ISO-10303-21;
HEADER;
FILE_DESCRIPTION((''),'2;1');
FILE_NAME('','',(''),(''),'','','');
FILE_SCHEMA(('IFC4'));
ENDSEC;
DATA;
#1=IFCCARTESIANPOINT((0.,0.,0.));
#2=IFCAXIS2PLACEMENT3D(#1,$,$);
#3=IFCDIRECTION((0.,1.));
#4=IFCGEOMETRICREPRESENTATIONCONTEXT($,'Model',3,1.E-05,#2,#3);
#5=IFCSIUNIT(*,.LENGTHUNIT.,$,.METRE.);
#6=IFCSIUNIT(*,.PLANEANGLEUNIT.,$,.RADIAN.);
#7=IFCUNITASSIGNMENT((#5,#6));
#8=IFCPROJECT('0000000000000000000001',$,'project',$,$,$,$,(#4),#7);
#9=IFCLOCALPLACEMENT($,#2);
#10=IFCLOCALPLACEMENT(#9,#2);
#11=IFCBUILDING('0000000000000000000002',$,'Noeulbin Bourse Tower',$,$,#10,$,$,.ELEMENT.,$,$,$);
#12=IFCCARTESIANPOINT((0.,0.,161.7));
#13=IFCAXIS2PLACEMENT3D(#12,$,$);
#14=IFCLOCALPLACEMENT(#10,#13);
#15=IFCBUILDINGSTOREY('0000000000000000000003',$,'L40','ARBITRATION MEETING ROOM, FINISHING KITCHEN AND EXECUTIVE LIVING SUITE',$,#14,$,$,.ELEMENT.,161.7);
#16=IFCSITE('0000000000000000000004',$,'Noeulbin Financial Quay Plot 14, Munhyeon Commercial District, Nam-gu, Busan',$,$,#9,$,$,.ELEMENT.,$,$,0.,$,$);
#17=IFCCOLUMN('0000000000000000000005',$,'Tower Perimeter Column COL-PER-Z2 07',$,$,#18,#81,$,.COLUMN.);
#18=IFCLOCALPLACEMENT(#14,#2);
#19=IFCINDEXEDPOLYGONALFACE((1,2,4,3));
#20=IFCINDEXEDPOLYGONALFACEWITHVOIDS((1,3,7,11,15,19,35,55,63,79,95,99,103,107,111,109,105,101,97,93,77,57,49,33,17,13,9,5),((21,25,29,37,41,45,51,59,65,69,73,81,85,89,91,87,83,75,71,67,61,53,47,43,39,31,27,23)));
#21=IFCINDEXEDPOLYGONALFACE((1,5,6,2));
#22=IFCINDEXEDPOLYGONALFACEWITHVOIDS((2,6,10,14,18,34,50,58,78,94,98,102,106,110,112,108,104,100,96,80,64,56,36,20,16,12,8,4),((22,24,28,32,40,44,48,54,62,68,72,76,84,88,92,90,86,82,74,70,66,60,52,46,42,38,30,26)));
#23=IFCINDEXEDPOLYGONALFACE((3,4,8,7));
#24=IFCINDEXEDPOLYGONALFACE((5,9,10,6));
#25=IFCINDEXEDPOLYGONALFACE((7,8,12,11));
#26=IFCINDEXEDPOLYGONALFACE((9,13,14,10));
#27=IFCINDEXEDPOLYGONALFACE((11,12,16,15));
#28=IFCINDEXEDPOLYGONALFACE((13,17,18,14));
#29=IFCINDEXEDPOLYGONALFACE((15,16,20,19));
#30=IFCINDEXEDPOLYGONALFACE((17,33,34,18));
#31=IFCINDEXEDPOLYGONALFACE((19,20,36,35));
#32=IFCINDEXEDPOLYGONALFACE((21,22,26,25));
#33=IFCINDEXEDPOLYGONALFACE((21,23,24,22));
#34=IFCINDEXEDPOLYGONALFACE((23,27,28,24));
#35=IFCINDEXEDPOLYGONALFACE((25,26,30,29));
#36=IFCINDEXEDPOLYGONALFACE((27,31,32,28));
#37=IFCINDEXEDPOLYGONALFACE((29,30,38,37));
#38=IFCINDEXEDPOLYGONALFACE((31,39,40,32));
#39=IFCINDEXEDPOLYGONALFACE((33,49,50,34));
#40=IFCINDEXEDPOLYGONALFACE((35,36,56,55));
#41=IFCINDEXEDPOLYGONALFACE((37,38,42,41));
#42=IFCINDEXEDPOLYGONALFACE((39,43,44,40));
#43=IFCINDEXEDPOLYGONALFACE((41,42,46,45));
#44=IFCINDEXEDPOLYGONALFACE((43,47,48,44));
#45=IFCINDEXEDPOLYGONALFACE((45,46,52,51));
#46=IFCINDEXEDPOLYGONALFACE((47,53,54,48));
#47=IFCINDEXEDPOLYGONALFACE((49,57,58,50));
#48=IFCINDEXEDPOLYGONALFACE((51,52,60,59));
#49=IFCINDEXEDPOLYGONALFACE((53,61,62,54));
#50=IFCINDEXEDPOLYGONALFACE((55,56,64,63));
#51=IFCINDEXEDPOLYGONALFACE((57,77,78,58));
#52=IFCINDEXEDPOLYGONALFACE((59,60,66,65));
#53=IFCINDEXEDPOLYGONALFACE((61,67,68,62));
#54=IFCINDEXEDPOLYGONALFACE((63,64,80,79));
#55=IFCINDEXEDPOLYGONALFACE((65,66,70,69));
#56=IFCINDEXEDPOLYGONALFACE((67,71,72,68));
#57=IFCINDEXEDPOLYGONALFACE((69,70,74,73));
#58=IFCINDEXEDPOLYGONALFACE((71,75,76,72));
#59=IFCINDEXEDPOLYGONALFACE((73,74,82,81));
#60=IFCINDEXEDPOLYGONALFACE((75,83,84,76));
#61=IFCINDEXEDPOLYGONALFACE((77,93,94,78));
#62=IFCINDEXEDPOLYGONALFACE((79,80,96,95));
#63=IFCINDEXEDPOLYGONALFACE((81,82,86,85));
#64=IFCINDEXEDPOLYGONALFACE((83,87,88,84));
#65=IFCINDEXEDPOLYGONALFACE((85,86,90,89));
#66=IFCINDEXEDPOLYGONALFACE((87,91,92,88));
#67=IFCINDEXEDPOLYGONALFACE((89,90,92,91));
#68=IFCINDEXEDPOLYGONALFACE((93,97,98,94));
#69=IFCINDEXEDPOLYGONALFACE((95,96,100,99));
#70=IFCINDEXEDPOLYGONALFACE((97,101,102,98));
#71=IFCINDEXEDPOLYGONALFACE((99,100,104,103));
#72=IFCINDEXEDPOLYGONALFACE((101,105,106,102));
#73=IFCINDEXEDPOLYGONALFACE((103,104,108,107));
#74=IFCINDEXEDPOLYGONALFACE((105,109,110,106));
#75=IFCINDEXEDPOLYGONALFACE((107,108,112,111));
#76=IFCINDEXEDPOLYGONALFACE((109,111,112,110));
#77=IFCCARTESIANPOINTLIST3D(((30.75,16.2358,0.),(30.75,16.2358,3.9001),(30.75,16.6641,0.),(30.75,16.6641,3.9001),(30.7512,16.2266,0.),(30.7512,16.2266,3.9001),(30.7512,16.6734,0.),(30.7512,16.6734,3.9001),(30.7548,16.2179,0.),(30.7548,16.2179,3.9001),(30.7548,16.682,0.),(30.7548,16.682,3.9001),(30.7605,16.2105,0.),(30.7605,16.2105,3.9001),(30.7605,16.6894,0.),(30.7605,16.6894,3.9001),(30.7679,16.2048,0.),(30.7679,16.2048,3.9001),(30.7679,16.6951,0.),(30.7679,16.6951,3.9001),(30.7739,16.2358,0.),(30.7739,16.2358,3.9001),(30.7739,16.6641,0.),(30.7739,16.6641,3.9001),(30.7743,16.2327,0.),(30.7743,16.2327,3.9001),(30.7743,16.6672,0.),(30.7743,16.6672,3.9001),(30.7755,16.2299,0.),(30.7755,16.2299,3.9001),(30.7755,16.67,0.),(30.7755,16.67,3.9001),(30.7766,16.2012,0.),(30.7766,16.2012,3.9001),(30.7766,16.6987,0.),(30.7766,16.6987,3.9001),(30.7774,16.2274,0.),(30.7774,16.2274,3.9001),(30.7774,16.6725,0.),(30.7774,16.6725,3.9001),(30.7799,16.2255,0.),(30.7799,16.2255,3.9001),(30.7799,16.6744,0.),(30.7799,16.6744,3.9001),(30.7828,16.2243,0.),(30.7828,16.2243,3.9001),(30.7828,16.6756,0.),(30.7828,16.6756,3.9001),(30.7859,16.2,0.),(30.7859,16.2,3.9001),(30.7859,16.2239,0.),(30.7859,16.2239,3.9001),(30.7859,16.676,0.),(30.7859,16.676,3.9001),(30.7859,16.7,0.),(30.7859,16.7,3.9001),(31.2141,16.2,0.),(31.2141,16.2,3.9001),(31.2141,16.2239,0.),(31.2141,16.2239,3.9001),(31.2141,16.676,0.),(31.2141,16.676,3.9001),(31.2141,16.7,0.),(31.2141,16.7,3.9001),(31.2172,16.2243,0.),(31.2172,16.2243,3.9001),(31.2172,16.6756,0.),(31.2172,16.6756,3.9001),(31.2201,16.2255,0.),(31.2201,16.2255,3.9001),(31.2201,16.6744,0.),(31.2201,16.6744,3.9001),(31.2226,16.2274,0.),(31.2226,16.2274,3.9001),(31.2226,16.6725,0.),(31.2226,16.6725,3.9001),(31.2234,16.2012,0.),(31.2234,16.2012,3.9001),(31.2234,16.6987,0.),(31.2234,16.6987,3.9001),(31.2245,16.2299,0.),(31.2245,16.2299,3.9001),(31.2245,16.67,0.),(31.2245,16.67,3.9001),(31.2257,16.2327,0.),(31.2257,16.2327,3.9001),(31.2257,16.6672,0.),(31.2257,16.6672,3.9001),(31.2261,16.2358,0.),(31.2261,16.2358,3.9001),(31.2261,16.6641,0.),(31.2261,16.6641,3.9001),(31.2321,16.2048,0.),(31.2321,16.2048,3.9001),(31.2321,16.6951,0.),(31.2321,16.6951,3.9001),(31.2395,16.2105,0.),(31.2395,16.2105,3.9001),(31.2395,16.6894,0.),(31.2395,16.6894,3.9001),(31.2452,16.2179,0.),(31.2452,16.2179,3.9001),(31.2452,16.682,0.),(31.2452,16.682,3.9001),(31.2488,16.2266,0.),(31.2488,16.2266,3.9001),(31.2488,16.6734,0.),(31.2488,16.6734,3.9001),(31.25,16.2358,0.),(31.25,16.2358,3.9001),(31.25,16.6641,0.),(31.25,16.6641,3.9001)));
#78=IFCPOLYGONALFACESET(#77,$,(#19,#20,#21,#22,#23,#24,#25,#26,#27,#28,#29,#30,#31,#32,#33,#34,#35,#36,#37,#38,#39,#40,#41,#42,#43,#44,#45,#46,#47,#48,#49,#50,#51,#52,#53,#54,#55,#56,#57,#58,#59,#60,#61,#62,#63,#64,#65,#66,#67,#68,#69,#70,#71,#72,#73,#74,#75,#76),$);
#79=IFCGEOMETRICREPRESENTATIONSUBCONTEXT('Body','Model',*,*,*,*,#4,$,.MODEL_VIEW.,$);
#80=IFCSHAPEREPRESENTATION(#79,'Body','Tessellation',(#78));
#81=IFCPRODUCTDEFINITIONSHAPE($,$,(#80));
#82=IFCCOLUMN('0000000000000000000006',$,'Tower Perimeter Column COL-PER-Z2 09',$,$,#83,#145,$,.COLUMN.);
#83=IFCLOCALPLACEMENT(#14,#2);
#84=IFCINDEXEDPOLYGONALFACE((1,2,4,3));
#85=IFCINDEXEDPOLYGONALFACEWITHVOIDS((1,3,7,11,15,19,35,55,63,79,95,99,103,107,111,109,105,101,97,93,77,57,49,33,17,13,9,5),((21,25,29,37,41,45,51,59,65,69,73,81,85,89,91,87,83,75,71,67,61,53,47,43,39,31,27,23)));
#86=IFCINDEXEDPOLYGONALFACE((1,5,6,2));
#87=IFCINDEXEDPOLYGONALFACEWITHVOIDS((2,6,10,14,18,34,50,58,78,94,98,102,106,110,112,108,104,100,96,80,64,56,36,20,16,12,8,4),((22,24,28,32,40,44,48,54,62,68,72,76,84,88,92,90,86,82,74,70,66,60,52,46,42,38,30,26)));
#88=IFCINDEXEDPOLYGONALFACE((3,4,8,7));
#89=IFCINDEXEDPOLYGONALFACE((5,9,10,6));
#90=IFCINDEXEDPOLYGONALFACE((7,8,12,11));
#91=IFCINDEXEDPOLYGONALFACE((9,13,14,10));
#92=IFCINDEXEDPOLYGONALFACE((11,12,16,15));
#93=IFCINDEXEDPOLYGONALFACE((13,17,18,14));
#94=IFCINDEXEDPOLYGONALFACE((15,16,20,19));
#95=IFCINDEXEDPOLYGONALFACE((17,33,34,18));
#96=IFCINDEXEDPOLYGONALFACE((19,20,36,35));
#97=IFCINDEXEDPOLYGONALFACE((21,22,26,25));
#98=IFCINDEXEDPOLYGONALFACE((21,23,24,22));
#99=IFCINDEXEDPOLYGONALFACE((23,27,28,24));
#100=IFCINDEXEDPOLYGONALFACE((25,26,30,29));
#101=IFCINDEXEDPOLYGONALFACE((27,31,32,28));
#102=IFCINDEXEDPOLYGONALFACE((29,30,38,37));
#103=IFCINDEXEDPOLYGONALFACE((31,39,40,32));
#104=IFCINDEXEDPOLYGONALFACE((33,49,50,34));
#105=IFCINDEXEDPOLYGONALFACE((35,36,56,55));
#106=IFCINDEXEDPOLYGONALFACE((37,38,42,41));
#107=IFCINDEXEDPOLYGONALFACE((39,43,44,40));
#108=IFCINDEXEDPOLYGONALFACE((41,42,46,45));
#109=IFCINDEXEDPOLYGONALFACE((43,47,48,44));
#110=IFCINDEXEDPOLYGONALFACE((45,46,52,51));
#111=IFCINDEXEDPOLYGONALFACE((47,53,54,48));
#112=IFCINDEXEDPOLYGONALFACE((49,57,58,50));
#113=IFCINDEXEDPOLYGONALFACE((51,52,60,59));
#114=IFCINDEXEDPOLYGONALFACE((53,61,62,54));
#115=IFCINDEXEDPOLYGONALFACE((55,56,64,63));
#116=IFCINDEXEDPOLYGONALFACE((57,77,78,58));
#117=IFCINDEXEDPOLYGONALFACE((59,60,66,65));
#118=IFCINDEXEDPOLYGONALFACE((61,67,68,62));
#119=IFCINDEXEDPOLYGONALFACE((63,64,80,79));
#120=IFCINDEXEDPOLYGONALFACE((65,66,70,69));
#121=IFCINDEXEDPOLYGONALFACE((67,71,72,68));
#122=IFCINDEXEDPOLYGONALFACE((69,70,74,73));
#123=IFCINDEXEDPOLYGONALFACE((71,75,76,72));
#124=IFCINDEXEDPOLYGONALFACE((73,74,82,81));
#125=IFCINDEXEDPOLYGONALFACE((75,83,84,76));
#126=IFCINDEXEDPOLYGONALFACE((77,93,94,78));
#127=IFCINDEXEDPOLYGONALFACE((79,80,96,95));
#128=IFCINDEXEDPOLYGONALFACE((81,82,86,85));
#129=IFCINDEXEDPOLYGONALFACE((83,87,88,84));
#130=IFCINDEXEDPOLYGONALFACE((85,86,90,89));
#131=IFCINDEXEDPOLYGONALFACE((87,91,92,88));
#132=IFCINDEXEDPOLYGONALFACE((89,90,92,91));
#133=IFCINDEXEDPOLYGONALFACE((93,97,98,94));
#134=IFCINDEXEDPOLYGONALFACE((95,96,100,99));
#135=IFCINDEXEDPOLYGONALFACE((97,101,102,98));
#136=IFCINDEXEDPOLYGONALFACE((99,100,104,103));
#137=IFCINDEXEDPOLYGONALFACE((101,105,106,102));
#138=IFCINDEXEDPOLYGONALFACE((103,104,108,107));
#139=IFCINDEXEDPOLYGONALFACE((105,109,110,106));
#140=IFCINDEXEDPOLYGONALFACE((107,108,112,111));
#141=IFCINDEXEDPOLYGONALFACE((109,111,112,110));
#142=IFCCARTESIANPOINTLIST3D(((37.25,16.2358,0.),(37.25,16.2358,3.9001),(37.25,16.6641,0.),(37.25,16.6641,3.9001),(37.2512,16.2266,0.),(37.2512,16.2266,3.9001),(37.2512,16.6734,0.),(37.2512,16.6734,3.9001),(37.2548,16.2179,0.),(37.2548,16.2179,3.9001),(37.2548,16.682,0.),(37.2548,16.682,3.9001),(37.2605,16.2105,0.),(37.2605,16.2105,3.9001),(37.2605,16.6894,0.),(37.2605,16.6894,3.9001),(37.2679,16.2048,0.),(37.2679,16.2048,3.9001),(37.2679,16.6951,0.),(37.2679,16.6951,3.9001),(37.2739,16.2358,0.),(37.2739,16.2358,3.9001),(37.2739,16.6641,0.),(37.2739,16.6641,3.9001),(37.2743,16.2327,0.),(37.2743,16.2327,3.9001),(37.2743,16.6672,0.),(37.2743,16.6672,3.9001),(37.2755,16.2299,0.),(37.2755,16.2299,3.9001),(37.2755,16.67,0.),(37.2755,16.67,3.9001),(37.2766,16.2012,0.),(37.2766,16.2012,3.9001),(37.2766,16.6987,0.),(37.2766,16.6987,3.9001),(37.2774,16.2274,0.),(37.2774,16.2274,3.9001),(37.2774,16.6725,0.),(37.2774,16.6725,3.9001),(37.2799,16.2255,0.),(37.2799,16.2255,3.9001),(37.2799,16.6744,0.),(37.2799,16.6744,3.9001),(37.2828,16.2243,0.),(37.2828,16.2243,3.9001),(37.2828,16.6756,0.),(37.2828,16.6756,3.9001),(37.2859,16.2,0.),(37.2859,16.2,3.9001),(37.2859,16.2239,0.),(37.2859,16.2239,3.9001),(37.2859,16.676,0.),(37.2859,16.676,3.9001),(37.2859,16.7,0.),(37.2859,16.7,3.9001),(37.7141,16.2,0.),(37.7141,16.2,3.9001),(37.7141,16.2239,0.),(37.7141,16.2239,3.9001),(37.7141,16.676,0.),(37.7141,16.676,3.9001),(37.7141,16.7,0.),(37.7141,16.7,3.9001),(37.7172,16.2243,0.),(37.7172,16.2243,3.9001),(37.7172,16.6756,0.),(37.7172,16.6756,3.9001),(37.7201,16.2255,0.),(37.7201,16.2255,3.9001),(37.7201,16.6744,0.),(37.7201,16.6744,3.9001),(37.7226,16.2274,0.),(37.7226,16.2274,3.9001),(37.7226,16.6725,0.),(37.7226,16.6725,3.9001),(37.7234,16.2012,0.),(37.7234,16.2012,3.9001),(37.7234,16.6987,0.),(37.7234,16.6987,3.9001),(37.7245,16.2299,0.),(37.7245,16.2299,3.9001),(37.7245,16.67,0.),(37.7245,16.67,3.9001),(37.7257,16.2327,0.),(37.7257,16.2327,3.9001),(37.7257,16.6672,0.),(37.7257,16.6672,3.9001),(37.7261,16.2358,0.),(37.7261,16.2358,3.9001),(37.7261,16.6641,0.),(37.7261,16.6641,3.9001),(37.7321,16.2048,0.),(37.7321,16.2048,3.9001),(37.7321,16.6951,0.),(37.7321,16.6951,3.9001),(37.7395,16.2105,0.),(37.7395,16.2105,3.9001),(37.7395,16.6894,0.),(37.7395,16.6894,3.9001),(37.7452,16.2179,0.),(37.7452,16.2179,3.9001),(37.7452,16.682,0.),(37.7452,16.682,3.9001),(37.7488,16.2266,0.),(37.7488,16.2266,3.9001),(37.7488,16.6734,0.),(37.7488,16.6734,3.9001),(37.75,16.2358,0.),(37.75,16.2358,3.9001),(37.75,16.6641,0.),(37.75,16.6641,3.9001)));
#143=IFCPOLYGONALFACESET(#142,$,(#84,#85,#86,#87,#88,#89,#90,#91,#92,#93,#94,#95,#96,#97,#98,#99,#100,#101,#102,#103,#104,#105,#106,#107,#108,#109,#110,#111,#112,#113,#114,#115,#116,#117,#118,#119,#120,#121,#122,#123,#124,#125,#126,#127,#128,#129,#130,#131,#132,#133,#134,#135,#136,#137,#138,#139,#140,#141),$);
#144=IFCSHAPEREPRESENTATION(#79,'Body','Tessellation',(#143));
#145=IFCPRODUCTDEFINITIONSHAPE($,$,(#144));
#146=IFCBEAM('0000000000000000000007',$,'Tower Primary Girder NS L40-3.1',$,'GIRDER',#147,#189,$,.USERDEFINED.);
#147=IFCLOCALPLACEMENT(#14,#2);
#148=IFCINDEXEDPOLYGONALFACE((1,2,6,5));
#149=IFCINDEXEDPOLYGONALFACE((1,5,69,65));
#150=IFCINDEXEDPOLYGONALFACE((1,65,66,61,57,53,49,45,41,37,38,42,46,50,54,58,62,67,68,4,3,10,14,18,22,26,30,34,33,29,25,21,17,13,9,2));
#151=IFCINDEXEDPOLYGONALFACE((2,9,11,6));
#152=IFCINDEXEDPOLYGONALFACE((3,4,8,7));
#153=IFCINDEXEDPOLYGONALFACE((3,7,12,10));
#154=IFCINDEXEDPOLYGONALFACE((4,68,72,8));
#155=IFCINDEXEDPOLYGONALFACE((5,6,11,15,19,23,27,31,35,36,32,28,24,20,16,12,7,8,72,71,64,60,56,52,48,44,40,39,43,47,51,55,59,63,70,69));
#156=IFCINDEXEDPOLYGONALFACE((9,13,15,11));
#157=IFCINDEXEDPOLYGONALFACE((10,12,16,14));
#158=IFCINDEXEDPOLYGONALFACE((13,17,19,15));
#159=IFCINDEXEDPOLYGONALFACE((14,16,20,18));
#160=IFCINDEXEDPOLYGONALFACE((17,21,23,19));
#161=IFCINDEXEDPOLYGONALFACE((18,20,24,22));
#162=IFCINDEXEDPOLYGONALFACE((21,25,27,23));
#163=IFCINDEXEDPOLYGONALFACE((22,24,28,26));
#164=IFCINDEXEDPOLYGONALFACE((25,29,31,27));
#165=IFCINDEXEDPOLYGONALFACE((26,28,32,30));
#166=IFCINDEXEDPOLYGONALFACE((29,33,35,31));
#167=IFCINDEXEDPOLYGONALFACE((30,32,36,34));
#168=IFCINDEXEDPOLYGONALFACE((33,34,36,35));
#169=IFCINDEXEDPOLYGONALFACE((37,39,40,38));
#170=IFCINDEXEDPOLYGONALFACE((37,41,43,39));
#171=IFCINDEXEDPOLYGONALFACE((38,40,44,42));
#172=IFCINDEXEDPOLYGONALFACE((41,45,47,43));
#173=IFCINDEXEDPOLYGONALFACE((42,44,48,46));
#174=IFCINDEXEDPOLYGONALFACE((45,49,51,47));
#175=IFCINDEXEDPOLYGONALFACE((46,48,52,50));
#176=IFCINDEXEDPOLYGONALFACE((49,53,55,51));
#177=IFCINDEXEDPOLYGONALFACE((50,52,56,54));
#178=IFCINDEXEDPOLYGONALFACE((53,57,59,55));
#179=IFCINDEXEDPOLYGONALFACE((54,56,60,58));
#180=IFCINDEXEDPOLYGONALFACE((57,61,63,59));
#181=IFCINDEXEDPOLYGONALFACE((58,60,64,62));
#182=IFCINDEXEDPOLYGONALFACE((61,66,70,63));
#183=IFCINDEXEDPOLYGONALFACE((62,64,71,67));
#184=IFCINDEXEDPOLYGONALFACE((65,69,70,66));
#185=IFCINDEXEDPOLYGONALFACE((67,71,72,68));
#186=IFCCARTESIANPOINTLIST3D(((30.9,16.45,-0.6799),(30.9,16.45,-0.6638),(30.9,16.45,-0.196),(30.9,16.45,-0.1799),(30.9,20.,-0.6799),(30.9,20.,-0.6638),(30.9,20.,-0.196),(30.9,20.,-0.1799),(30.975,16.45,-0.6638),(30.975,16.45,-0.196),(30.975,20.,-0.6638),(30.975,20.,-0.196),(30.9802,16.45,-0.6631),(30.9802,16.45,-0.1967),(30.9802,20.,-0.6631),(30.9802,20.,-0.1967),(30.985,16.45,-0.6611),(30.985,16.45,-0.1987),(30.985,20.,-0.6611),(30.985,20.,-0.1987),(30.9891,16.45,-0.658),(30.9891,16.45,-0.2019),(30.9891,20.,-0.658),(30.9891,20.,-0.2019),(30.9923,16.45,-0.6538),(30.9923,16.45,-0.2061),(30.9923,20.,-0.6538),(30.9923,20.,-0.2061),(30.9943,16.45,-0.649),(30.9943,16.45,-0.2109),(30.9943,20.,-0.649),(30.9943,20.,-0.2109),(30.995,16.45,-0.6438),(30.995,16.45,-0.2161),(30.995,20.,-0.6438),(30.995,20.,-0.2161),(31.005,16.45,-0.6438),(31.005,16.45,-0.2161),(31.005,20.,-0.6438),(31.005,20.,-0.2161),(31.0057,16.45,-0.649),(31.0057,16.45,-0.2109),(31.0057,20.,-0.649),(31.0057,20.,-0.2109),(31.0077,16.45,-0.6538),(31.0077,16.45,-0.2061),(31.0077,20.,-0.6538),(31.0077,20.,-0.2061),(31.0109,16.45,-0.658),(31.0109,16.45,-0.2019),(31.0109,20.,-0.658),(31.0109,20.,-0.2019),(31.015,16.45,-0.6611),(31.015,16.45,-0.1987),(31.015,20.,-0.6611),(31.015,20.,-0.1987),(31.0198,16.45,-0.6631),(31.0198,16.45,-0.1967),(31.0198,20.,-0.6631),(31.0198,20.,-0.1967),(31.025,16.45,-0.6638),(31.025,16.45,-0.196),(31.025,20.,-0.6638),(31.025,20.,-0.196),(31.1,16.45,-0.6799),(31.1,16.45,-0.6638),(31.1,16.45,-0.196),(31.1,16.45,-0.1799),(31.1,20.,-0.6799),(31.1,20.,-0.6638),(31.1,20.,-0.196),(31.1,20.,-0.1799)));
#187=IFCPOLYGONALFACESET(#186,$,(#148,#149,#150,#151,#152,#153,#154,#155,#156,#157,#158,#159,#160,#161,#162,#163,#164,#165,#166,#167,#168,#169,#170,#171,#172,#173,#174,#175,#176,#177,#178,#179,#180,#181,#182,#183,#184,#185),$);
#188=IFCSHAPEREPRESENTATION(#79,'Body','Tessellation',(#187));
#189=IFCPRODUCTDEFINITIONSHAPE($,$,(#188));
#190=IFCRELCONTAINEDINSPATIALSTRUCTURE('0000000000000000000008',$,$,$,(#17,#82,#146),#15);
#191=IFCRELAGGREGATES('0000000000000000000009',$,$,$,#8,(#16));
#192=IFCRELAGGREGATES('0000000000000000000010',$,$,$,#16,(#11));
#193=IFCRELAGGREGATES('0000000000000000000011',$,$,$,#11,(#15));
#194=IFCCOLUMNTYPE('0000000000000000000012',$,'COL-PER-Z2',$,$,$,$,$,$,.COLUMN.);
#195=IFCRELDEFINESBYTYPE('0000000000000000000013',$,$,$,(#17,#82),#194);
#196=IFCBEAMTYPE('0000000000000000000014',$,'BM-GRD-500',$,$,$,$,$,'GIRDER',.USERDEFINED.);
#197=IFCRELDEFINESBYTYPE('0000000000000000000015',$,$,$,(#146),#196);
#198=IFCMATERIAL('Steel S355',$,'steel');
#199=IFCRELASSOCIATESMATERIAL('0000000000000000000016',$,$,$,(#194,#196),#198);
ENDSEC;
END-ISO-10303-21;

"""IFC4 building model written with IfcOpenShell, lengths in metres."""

from ifc_helpers import new_model, si_unit, direction, frame, origin, origin_2d, place, context, subcontext, project, spatial, hollow_rectangle, i_section, extrude, material, material_profile, profile_set, type_object, element, save


model = new_model("IFC4")

# Units and contexts
model_context = context("Model", 3, precision=1e-05, world=origin(), true_north=direction((0.0, 1.0)))
body_context = subcontext(model_context, "Body", "Model", "MODEL_VIEW")
ifc_project = project(units=[si_unit("LENGTHUNIT", "METRE"), si_unit("PLANEANGLEUNIT", "RADIAN")], contexts=[model_context])

# Site, building, storey
site_placement = place(None, origin())
site = spatial("IfcSite", under=ifc_project, at=site_placement, Name="Noeulbin Financial Quay Plot 14, Munhyeon Commercial District, Nam-gu, Busan", CompositionType="ELEMENT", RefElevation=0.0)
building_placement = place(site_placement, origin())
building = spatial("IfcBuilding", under=site, at=building_placement, Name="Noeulbin Bourse Tower", CompositionType="ELEMENT")
storey_placement = place(building_placement, frame((0.0, 0.0, 161.7)))
storey = spatial("IfcBuildingStorey", under=building, at=storey_placement, Name="L40", Description="ARBITRATION MEETING ROOM, FINISHING KITCHEN AND EXECUTIVE LIVING SUITE", CompositionType="ELEMENT", Elevation=161.7)

# Columns
ifc_material_1 = material(Name="Steel S355", Category="steel")
ifc_material_profile_1 = material_profile(ifc_material_1, hollow_rectangle(XDim=0.5, YDim=0.5, WallThickness=0.0239, InnerFilletRadius=0.012, OuterFilletRadius=0.0359, at=origin_2d()), Name="BOX-500x500x24", Category="LoadBearing")
ifc_profile_set_1 = profile_set([ifc_material_profile_1], Name="Steel S355")
column_type = type_object("IfcColumnType", Name="COL-PER-Z2", PredefinedType="COLUMN", material=ifc_profile_set_1)
for number, where, z_axis, x_axis, name in (
    (1, (31.0, 16.45, 0.0), (0.0, 0.0, 1.0), (1.0, 0.0, 0.0), "Tower Perimeter Column COL-PER-Z2 07"),
    (2, (37.5, 16.45, 0.0), (0.0, 0.0, 1.0), (1.0, 0.0, 0.0), "Tower Perimeter Column COL-PER-Z2 09"),
):
    element("IfcColumn", number, at=place(storey_placement, frame(where, z_axis=z_axis, x_axis=x_axis)), inside=storey, type_object=column_type, Name=name, PredefinedType="COLUMN", context=body_context, shape_type="SweptSolid", body=[
        extrude(hollow_rectangle(XDim=0.5, YDim=0.5, WallThickness=0.0239, InnerFilletRadius=0.012, OuterFilletRadius=0.0359, at=origin_2d()), origin(), (0.0, 0.0, 1.0), 3.9001),
    ])

# Beam
ifc_material_profile_2 = material_profile(ifc_material_1, i_section(OverallWidth=0.2, OverallDepth=0.5, WebThickness=0.01, FlangeThickness=0.0161, FilletRadius=0.02, at=origin_2d()), Name="H-500x200x10x16", Category="LoadBearing")
ifc_profile_set_2 = profile_set([ifc_material_profile_2], Name="Steel S355")
beam_type_1 = type_object("IfcBeamType", Name="BM-GRD-500", ElementType="GIRDER", PredefinedType="USERDEFINED", material=ifc_profile_set_2)
for number, where, z_axis, x_axis, name in (
    (3, (31.0, 16.45, -0.4299), (0.0, 1.0, 0.0), (-1.0, 0.0, 0.0), "Tower Primary Girder NS L40-3.1"),
):
    element("IfcBeam", number, at=place(storey_placement, frame(where, z_axis=z_axis, x_axis=x_axis)), inside=storey, type_object=beam_type_1, Name=name, ObjectType="GIRDER", PredefinedType="USERDEFINED", context=body_context, shape_type="SweptSolid", body=[
        extrude(i_section(OverallWidth=0.2, OverallDepth=0.5, WebThickness=0.01, FlangeThickness=0.0161, FilletRadius=0.02, at=origin_2d()), origin(), (0.0, 0.0, 1.0), 3.55),
    ])

save(model, "model.ifc")
